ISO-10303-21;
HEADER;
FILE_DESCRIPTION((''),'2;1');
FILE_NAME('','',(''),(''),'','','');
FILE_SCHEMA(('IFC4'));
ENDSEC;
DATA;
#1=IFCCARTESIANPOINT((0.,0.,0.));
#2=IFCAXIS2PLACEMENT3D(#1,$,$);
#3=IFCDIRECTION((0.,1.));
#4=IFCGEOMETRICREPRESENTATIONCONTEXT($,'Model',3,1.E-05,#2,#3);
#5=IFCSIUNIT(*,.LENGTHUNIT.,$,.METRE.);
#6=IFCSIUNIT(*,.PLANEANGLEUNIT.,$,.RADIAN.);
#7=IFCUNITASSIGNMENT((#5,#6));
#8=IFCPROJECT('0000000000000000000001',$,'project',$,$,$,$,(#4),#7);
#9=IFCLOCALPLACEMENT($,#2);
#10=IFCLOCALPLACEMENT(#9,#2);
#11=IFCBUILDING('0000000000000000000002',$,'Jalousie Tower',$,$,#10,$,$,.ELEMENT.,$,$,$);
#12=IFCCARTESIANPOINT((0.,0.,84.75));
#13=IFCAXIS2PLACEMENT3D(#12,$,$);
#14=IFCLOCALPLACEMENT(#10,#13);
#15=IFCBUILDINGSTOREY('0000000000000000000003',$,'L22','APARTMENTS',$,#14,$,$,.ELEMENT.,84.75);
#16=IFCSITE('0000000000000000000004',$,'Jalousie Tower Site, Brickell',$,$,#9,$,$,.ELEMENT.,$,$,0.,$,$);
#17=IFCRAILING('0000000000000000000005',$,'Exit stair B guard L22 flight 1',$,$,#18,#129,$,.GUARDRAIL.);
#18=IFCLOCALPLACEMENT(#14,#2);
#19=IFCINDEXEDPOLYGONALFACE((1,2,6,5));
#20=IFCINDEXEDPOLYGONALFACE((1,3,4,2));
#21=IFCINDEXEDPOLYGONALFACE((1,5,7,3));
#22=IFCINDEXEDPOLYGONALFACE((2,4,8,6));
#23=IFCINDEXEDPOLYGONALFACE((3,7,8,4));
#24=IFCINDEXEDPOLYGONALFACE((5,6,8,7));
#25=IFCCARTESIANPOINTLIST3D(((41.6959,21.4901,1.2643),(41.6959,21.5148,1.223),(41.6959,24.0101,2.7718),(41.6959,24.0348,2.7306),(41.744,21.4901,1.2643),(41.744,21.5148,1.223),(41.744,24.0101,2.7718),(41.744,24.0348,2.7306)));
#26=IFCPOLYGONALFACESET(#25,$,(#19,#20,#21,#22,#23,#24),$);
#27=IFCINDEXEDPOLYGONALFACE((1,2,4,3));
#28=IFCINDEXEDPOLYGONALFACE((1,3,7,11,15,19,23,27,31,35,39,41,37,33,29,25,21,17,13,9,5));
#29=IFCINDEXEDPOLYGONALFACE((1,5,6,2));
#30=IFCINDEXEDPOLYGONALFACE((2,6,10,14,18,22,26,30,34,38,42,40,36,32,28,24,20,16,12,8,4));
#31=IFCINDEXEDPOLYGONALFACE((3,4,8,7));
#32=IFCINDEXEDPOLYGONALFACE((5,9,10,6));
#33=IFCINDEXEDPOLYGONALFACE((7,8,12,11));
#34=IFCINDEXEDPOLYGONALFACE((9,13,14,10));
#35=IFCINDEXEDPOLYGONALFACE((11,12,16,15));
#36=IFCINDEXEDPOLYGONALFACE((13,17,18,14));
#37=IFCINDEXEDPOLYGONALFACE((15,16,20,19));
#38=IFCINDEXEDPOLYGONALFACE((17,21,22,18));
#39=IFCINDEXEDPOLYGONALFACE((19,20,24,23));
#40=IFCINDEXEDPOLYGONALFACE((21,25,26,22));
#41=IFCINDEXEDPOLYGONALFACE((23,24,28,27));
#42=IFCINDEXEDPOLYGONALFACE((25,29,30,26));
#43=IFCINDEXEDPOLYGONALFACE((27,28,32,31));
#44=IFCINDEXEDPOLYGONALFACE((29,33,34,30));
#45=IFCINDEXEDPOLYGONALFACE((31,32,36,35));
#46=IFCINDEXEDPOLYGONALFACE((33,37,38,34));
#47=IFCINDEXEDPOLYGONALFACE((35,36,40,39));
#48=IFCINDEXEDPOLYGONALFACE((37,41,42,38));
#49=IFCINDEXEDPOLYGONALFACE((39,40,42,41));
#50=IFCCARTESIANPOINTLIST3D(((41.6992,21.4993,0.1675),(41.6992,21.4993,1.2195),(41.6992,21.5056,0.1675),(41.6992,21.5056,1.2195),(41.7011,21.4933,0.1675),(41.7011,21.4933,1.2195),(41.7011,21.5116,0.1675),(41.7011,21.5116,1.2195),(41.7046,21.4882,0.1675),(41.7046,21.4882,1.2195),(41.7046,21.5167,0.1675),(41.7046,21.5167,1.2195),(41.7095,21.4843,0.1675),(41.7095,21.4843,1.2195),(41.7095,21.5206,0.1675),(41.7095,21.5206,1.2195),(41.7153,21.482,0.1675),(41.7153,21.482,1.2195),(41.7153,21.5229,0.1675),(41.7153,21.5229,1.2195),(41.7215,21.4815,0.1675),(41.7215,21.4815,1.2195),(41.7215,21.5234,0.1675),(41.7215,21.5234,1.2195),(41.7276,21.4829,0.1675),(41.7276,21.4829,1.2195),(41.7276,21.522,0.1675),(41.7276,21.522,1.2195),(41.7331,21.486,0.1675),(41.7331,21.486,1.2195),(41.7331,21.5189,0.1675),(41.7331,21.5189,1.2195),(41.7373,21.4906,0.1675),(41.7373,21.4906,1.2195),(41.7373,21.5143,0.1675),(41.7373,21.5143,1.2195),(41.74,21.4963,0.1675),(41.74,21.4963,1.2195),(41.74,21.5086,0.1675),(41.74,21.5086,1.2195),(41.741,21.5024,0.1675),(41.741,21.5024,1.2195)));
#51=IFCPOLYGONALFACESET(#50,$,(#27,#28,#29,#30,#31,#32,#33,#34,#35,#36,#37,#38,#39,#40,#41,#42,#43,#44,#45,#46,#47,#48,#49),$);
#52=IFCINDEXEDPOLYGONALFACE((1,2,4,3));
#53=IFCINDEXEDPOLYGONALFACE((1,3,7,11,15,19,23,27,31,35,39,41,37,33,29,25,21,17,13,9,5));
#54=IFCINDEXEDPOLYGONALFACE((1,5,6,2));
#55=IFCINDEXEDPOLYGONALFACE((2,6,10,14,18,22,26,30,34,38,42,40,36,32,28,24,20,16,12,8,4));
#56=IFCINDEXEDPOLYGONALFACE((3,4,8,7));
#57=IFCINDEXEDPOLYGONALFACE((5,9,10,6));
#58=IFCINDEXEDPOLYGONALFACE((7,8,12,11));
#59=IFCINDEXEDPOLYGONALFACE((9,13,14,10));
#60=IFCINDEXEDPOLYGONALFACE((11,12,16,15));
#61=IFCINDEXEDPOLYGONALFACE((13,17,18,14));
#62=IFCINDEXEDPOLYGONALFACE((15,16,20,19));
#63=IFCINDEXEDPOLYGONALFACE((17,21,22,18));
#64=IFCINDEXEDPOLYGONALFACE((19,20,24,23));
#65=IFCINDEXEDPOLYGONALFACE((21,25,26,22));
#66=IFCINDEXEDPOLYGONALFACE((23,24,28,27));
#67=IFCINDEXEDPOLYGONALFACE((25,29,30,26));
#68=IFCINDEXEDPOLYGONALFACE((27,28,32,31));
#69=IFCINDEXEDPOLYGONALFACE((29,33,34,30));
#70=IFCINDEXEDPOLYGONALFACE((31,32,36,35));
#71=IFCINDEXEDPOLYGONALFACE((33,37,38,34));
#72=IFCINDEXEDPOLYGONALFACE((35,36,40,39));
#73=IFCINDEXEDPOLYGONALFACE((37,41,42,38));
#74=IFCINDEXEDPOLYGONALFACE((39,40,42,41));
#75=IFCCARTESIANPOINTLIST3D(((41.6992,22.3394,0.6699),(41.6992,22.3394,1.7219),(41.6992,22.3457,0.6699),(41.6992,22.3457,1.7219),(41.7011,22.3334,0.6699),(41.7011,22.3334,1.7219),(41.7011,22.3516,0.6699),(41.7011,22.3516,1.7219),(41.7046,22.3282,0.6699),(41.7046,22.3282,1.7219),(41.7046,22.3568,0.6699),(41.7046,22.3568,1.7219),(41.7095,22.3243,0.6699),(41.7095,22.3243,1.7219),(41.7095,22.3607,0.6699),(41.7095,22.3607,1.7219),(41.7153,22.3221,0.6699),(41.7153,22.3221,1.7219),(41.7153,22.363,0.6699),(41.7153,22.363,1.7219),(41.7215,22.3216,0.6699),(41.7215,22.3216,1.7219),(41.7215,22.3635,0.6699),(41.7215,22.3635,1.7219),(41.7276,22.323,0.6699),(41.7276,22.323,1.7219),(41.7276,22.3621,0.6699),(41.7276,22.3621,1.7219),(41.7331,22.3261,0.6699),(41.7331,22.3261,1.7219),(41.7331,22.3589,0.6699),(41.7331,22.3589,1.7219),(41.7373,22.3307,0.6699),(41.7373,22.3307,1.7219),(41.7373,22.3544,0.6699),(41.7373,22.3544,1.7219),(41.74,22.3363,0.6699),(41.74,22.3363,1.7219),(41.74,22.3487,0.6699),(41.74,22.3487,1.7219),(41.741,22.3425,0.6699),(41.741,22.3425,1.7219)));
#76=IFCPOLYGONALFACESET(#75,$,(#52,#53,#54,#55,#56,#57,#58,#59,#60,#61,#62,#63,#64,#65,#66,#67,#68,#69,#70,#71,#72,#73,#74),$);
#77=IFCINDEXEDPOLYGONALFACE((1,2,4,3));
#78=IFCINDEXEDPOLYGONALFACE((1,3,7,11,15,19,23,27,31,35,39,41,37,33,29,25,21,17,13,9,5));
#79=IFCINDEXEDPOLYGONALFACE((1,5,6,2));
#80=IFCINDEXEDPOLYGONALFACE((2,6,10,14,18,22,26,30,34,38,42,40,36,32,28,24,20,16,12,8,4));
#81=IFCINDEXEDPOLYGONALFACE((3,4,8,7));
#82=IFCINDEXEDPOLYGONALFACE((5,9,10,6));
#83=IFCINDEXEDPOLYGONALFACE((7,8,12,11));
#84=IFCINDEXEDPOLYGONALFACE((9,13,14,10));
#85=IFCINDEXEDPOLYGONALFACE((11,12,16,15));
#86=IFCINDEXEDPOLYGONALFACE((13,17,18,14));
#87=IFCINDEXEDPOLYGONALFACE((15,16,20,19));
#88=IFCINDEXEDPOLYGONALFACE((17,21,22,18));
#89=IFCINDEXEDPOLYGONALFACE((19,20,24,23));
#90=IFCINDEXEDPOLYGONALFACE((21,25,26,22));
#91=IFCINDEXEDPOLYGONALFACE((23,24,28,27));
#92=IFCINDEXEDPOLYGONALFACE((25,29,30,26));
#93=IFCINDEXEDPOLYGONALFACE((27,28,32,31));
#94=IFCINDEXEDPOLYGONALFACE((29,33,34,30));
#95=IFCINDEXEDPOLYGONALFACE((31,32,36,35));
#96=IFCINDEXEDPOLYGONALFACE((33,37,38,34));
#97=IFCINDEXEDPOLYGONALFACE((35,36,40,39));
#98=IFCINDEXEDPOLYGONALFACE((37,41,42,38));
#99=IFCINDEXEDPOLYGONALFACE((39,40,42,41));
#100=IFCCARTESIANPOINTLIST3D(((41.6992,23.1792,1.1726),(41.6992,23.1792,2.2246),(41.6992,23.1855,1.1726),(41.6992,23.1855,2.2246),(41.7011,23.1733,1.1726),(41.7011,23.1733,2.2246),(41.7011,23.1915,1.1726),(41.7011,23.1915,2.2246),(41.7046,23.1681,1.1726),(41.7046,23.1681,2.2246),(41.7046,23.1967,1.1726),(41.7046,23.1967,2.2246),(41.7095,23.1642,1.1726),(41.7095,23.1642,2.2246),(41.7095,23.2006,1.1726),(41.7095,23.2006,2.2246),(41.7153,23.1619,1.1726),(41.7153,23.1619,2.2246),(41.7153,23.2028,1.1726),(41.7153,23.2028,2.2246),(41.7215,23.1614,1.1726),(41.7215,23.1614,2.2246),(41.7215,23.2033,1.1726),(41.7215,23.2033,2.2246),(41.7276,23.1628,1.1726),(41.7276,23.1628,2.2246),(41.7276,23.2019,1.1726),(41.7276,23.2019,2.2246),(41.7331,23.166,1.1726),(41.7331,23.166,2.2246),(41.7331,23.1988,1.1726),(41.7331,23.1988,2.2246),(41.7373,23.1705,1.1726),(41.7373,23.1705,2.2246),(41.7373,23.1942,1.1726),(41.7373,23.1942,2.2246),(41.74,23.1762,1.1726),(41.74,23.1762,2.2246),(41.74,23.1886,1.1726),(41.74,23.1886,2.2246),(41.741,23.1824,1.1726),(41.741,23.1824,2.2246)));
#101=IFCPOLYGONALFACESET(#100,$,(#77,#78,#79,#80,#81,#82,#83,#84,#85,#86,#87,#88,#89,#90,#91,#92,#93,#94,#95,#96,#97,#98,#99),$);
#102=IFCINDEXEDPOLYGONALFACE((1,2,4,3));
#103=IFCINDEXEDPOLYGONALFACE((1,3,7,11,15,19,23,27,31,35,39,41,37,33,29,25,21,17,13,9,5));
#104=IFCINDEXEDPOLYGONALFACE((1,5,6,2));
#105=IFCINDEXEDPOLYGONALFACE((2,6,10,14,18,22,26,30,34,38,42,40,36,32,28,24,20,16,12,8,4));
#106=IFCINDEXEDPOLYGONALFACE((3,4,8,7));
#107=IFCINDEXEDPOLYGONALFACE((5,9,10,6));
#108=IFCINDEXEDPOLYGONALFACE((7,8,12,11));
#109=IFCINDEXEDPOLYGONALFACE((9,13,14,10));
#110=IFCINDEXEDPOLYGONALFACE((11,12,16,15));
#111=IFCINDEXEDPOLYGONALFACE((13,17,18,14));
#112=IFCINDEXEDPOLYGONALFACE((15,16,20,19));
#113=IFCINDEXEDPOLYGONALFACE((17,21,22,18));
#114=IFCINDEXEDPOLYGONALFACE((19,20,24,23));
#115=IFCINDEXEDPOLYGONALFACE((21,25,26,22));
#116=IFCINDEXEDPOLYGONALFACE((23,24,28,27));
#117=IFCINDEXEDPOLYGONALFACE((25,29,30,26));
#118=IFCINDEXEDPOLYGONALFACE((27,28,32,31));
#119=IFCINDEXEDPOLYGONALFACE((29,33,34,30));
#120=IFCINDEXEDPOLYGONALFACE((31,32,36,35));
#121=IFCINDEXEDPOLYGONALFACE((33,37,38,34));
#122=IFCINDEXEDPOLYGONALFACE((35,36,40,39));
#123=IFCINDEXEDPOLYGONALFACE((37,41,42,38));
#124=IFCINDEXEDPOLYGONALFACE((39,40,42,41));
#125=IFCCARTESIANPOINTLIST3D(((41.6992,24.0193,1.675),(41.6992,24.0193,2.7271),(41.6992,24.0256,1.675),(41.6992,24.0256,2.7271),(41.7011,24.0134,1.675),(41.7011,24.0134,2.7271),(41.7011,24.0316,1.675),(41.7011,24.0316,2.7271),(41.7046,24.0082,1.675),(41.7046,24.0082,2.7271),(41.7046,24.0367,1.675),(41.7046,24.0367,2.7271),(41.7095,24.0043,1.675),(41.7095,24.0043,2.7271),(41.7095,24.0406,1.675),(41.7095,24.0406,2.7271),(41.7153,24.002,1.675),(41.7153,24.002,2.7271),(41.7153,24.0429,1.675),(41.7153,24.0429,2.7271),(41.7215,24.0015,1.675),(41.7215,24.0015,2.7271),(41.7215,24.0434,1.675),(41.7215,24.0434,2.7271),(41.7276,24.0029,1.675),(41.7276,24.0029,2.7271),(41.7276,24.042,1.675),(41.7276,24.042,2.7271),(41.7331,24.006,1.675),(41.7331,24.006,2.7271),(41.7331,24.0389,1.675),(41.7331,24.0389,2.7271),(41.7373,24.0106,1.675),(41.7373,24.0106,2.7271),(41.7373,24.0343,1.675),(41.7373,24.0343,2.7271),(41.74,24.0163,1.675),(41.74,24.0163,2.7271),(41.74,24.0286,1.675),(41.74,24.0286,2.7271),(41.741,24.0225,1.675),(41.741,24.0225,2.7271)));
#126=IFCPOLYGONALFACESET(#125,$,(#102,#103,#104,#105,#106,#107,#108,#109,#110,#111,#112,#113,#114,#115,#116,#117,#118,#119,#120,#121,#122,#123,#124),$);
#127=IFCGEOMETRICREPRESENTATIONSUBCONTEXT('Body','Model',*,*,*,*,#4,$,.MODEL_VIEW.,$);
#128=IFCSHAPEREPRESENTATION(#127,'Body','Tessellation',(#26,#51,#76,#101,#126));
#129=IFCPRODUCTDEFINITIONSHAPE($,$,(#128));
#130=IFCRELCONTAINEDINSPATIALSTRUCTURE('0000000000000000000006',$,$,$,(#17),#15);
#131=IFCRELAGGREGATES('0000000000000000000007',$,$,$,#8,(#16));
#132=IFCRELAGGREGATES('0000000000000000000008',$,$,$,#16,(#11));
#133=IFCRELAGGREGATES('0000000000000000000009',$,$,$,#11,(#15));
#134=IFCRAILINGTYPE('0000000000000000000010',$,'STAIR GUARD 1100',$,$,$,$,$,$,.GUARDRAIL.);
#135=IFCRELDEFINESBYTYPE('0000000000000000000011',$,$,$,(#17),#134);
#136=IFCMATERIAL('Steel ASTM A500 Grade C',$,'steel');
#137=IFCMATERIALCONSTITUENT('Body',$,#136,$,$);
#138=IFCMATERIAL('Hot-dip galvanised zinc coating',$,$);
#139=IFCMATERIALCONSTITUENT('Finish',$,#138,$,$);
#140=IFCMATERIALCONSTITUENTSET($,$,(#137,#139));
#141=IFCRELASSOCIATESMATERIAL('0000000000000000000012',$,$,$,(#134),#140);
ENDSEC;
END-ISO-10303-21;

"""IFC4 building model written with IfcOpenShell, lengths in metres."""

from ifc_helpers import new_model, si_unit, direction, frame, origin, origin_2d, place, context, subcontext, project, spatial, rectangle, circle, extrude, material, constituent, constituent_set, type_object, element, save


model = new_model("IFC4")

# Units and contexts
model_context = context("Model", 3, precision=1e-05, world=origin(), true_north=direction((0.0, 1.0)))
body_context = subcontext(model_context, "Body", "Model", "MODEL_VIEW")
ifc_project = project(units=[si_unit("LENGTHUNIT", "METRE"), si_unit("PLANEANGLEUNIT", "RADIAN")], contexts=[model_context])

# Site, building, storey
site_placement = place(None, origin())
site = spatial("IfcSite", under=ifc_project, at=site_placement, Name="Jalousie Tower Site, Brickell", CompositionType="ELEMENT", RefElevation=0.0)
building_placement = place(site_placement, origin())
building = spatial("IfcBuilding", under=site, at=building_placement, Name="Jalousie Tower", CompositionType="ELEMENT")
storey_placement = place(building_placement, frame((0.0, 0.0, 84.75)))
storey = spatial("IfcBuildingStorey", under=building, at=storey_placement, Name="L22", Description="APARTMENTS", CompositionType="ELEMENT", Elevation=84.75)

# Railing
ifc_material_1 = material(Name="Steel ASTM A500 Grade C", Category="steel")
ifc_constituent_1 = constituent(ifc_material_1, Name="Body")
ifc_material_2 = material(Name="Hot-dip galvanised zinc coating")
ifc_constituent_2 = constituent(ifc_material_2, Name="Finish")
ifc_constituent_set_1 = constituent_set(constituents=[ifc_constituent_1, ifc_constituent_2])
railing_type_1 = type_object("IfcRailingType", Name="STAIR GUARD 1100", PredefinedType="GUARDRAIL", material=ifc_constituent_set_1)
railing_1_placement = place(storey_placement, frame((41.72, 21.5024, 0.1675)))
element("IfcRailing", 1, at=railing_1_placement, inside=storey, type_object=railing_type_1, Name="Exit stair B guard L22 flight 1", PredefinedType="GUARDRAIL", context=body_context, shape_type="SweptSolid", body=[
    extrude(rectangle(XDim=0.0481, YDim=0.0481, at=origin_2d()), frame((0.0, 0.0, 1.0762), z_axis=(0.0, 0.85816, 0.513383), x_axis=(-1.0, 0.0, 0.0)), (0.0, 0.0, 1.0), 2.9365),
    extrude(circle(Radius=0.021, at=origin_2d()), origin(), (0.0, 0.0, 1.0), 1.052),
    extrude(circle(Radius=0.021, at=origin_2d()), frame((0.0, 0.8401, 0.5024)), (0.0, 0.0, 1.0), 1.052),
    extrude(circle(Radius=0.021, at=origin_2d()), frame((0.0, 1.6799, 1.0051)), (0.0, 0.0, 1.0), 1.052),
    extrude(circle(Radius=0.021, at=origin_2d()), frame((0.0, 2.52, 1.5076)), (0.0, 0.0, 1.0), 1.052),
])

save(model, "model.ifc")
